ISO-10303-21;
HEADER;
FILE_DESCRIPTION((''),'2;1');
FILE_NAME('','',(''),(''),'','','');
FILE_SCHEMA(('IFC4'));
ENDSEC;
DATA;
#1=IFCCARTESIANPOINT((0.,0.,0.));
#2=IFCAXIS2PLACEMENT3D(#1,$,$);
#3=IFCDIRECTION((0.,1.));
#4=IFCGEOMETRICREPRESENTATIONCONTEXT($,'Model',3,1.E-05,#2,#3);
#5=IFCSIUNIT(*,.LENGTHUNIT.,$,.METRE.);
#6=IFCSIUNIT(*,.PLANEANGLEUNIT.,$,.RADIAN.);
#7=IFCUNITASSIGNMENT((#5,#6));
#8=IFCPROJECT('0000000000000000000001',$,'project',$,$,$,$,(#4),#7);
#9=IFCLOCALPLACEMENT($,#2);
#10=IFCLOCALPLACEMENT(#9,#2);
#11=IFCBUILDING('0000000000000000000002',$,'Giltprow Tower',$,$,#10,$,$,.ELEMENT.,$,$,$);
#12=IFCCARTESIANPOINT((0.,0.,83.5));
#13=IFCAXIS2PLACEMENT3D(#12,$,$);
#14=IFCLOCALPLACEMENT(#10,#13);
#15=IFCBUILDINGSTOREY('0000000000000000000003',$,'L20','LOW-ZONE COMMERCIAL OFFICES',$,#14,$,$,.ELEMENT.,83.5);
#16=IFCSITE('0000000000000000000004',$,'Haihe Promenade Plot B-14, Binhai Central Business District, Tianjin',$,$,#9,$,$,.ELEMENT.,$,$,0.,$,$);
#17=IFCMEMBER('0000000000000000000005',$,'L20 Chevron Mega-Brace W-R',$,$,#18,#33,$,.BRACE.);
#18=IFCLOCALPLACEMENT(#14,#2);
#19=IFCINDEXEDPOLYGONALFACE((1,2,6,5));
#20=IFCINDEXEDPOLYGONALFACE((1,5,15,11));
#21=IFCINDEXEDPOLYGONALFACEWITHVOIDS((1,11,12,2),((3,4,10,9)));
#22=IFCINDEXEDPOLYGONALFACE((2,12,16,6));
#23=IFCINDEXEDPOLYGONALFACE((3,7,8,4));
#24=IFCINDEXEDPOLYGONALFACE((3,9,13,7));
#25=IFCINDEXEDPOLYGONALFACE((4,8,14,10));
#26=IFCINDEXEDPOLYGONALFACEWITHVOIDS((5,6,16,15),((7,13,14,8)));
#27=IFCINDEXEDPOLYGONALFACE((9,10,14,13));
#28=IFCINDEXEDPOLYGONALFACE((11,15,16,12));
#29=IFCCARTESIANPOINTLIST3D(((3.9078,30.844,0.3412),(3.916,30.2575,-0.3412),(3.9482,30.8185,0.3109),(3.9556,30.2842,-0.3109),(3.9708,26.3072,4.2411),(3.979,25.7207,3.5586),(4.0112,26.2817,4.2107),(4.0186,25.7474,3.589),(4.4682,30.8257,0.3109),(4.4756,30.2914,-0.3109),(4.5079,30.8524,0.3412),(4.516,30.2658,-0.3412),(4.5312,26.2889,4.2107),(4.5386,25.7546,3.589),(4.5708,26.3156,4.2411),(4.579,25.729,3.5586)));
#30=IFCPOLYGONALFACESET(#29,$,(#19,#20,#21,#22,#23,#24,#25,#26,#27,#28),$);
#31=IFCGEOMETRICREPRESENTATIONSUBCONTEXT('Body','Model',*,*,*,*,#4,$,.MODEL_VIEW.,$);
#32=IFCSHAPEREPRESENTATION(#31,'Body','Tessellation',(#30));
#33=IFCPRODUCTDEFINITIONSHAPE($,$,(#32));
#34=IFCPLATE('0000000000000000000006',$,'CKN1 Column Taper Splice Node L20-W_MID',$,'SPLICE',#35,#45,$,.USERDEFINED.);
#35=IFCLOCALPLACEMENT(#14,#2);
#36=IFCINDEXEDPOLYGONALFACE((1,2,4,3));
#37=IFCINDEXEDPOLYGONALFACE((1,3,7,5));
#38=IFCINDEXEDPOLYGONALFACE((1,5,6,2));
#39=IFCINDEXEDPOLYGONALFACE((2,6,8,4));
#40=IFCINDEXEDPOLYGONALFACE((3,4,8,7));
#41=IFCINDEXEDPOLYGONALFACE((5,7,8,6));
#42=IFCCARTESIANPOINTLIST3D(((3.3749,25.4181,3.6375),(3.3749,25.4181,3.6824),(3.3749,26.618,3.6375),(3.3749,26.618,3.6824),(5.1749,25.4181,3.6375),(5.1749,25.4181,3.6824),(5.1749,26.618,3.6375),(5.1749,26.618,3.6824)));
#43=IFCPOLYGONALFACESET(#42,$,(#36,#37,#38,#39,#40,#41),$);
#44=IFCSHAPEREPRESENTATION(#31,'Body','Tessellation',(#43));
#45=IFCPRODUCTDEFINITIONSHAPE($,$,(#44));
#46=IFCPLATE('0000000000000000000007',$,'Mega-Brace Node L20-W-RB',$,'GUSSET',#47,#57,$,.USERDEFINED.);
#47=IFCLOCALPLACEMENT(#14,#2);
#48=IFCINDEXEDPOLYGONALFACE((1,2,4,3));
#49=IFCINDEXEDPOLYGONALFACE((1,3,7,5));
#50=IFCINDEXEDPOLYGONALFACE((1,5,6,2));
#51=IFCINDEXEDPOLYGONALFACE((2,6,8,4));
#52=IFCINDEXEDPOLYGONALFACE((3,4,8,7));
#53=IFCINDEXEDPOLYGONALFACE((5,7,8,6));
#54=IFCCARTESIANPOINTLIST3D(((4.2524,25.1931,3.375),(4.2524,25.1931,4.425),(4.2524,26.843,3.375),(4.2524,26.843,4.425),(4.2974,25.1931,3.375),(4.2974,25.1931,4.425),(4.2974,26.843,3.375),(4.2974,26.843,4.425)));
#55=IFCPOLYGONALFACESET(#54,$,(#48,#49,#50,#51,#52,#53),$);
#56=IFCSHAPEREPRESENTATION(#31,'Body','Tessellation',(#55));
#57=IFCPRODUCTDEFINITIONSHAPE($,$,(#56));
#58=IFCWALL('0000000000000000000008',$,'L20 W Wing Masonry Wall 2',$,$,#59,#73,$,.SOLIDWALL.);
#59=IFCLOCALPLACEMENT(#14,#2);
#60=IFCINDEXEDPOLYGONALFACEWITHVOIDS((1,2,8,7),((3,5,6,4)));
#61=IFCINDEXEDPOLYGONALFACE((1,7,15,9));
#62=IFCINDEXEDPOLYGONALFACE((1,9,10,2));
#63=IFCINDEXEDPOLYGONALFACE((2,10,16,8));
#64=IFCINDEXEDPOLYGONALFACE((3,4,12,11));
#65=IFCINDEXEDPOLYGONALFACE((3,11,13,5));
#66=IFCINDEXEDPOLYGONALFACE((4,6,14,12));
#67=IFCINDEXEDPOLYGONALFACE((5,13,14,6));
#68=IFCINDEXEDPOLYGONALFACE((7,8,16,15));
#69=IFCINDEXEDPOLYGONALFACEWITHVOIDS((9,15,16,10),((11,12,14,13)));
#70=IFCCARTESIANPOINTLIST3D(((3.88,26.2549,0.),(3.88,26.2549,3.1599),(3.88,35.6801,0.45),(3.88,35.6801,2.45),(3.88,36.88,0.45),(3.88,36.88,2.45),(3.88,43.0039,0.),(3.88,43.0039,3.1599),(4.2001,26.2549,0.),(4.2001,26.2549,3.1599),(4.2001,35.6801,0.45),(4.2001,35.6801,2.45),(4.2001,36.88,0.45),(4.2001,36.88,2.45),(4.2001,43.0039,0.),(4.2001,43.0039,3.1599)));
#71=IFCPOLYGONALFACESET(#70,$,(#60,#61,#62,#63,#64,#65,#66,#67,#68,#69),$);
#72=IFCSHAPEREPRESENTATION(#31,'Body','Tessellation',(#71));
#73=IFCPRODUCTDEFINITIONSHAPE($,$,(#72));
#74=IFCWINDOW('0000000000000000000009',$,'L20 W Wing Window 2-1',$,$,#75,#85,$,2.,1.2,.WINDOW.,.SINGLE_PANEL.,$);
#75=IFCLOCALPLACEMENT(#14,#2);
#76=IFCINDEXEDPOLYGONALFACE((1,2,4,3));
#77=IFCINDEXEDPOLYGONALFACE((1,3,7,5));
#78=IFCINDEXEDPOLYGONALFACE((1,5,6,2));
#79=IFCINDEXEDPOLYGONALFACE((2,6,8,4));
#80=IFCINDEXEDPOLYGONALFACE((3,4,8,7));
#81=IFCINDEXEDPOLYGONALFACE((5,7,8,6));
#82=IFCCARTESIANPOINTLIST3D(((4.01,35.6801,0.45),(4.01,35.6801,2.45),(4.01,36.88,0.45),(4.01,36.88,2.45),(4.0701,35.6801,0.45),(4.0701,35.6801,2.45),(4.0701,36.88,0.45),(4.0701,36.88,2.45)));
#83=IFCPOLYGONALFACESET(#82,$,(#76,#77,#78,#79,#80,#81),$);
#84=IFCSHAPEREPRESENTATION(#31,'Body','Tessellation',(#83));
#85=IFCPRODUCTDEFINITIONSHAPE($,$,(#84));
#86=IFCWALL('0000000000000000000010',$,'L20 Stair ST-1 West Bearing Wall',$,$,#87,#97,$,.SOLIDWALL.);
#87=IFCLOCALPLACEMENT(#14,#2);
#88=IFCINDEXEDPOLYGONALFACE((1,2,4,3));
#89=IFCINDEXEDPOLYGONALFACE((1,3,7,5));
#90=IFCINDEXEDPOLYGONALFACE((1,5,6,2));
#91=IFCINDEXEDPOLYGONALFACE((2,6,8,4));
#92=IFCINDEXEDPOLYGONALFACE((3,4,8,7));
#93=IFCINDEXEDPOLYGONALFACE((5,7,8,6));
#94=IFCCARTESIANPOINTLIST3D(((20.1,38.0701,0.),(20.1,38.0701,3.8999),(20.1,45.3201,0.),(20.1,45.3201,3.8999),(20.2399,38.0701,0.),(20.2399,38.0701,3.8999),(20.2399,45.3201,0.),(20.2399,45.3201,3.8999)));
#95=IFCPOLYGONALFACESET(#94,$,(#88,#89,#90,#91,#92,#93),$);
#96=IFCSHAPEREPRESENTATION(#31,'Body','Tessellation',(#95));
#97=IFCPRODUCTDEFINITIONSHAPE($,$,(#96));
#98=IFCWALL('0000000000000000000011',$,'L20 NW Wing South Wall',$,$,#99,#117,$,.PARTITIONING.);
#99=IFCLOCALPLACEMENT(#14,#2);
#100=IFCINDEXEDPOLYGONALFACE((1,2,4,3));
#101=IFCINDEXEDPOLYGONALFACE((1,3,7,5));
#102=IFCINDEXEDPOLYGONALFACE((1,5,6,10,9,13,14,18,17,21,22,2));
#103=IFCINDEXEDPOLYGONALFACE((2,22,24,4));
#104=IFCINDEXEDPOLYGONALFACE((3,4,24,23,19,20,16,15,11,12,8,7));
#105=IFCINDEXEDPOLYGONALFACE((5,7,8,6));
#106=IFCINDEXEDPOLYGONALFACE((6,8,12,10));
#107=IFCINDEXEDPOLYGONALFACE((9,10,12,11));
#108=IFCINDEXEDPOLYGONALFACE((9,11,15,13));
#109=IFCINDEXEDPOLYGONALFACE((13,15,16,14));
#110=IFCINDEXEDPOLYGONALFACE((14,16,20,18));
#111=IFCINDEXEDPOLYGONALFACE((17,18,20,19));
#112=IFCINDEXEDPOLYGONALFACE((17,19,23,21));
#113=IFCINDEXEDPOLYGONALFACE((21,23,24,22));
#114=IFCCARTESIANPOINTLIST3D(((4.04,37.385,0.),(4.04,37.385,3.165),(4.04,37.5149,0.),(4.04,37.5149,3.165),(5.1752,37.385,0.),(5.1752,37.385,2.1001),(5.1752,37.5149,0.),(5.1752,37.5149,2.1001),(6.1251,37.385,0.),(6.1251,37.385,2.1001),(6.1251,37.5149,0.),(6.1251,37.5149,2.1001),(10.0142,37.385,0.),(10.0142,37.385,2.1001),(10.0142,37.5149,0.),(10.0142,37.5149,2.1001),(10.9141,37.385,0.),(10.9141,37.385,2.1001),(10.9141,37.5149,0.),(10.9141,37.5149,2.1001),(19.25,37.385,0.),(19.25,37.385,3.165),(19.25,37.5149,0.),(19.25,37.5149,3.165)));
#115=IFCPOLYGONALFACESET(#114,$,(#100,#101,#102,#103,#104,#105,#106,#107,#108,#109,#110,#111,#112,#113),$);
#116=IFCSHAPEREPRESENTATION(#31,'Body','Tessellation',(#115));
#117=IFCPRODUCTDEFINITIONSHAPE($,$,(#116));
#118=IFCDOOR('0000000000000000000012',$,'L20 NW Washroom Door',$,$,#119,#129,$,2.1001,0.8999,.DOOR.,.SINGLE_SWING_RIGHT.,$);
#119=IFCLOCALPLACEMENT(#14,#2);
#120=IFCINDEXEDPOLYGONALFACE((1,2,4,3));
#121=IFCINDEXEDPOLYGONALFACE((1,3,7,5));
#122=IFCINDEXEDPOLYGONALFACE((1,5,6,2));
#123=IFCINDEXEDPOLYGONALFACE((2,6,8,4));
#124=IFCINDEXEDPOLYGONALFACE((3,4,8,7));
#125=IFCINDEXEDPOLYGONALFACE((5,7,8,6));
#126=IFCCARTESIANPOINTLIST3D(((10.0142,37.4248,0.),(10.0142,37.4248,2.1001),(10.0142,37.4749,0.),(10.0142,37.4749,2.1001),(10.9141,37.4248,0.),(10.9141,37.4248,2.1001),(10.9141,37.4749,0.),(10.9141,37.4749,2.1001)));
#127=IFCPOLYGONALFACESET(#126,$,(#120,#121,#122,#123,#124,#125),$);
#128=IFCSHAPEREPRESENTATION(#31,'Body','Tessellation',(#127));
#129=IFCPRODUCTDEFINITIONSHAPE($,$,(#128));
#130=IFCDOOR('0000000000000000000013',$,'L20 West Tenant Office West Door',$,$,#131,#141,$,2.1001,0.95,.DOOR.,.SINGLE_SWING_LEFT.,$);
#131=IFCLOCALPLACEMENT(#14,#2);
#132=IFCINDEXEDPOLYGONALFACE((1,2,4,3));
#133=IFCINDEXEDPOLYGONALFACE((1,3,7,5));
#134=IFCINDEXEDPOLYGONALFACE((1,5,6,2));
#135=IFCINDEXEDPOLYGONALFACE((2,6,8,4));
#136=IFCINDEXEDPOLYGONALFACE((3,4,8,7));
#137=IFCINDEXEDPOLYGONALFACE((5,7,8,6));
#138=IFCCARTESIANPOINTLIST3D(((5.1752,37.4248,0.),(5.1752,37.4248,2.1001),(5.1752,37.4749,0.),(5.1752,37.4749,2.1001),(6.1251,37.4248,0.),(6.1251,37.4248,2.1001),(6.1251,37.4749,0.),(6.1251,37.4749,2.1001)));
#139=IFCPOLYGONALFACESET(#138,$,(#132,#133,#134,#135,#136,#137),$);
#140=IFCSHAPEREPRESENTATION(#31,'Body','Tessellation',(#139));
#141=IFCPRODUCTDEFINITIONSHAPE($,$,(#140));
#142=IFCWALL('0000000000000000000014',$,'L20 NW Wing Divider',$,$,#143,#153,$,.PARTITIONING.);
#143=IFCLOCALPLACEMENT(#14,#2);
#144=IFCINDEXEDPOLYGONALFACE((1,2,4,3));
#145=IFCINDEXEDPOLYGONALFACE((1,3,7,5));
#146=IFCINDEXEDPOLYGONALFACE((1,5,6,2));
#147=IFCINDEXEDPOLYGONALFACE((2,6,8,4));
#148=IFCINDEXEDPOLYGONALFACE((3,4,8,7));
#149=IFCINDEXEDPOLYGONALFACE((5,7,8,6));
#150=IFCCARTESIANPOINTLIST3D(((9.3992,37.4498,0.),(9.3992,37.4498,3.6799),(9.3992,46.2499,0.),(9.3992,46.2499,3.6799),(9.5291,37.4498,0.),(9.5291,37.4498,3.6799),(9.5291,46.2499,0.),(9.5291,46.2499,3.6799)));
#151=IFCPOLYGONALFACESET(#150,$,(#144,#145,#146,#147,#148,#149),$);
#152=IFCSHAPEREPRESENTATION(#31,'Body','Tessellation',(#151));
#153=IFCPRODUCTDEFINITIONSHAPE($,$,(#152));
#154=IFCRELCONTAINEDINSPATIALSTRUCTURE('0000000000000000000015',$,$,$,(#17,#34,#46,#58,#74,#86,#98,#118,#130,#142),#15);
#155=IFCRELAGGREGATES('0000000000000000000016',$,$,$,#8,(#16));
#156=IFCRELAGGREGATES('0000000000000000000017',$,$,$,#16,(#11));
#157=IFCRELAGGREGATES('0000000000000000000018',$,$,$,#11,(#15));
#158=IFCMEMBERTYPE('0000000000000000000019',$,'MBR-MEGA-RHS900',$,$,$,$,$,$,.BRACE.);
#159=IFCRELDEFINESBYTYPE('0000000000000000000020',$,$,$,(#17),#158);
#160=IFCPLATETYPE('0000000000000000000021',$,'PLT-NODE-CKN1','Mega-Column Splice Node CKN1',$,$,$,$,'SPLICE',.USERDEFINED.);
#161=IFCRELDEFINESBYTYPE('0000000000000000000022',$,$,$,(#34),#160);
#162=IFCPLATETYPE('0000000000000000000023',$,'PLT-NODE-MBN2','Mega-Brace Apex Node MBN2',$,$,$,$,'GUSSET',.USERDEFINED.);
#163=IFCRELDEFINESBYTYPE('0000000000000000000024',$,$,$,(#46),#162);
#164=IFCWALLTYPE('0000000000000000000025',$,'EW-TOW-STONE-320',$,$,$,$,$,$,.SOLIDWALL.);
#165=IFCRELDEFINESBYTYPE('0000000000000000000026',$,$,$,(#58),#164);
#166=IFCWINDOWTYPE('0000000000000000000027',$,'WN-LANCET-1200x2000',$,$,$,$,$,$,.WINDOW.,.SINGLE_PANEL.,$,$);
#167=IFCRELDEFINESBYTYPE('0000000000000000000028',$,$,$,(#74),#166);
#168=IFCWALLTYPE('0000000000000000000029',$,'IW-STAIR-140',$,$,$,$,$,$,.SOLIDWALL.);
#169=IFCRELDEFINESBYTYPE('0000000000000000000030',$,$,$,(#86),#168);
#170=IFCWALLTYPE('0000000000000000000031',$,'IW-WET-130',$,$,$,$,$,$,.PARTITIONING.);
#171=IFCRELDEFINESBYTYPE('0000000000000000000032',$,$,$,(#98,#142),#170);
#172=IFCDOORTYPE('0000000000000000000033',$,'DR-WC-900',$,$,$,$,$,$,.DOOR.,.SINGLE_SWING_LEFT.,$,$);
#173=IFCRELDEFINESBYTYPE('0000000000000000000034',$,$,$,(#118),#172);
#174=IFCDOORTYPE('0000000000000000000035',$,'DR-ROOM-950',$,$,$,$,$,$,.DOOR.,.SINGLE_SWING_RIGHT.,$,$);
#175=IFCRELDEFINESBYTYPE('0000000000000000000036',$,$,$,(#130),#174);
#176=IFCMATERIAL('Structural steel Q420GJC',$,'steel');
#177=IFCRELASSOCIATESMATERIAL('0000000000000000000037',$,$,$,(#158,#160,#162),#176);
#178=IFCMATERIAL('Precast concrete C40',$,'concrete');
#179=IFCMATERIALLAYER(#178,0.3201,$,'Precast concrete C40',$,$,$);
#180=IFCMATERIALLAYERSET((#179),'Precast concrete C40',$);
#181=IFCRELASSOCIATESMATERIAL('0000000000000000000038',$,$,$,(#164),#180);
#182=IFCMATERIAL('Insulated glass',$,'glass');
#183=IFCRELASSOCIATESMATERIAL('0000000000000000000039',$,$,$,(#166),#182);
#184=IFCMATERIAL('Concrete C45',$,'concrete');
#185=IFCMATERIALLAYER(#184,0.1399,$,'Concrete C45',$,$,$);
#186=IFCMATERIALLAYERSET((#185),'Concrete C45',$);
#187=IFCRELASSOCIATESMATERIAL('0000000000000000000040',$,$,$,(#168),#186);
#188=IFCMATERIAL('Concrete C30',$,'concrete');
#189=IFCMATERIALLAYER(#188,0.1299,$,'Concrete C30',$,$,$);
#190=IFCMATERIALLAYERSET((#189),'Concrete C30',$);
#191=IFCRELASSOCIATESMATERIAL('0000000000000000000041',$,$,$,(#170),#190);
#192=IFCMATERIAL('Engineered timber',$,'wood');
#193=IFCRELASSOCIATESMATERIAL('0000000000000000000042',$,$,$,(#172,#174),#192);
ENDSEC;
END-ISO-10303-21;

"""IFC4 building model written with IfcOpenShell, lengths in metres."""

from ifc_helpers import new_model, si_unit, direction, frame, frame_2d, origin, origin_2d, place, context, subcontext, project, spatial, rectangle, hollow_rectangle, extrude, source, transform, mapped, material, layer, layer_set, material_profile, profile_set, type_object, element, fill, save


model = new_model("IFC4")

# Units and contexts
model_context = context("Model", 3, precision=1e-05, world=origin(), true_north=direction((0.0, 1.0)))
body_context = subcontext(model_context, "Body", "Model", "MODEL_VIEW")
ifc_project = project(units=[si_unit("LENGTHUNIT", "METRE"), si_unit("PLANEANGLEUNIT", "RADIAN")], contexts=[model_context])

# Site, building, storey
site_placement = place(None, origin())
site = spatial("IfcSite", under=ifc_project, at=site_placement, Name="Haihe Promenade Plot B-14, Binhai Central Business District, Tianjin", CompositionType="ELEMENT", RefElevation=0.0)
building_placement = place(site_placement, origin())
building = spatial("IfcBuilding", under=site, at=building_placement, Name="Giltprow Tower", CompositionType="ELEMENT")
storey_placement = place(building_placement, frame((0.0, 0.0, 83.5)))
storey = spatial("IfcBuildingStorey", under=building, at=storey_placement, Name="L20", Description="LOW-ZONE COMMERCIAL OFFICES", CompositionType="ELEMENT", Elevation=83.5)

# Shared definitions
ifc_material_1 = material(Name="Structural steel Q420GJC", Category="steel")

# Member
ifc_material_profile_1 = material_profile(ifc_material_1, hollow_rectangle(XDim=0.6001, YDim=0.8999, WallThickness=0.04, at=origin_2d()), Name="RHS 900x600x40")
ifc_profile_set_1 = profile_set([ifc_material_profile_1], Name="Structural steel Q420GJC")
member_type = type_object("IfcMemberType", Name="MBR-MEGA-RHS900", PredefinedType="BRACE", material=ifc_profile_set_1)
shared_shape_1 = source(origin(), body_context, "Body", "SweptSolid", [
    extrude(hollow_rectangle(XDim=0.6001, YDim=0.8999, WallThickness=0.04, at=origin_2d()), origin(), (0.0, 0.0, 1.0), 5.9829),
])
member_placement = place(storey_placement, frame((4.2119, 30.5549, 0.0), z_axis=(0.010528, -0.758292, 0.65183), x_axis=(0.999904, 0.013882, 0.0)))
element("IfcMember", 1, at=member_placement, inside=storey, type_object=member_type, Name="L20 Chevron Mega-Brace W-R", PredefinedType="BRACE", context=body_context, shape_type="MappedRepresentation", body=[
    mapped(shared_shape_1, transform((0.0, 0.0, 0.0), x_axis=(1.0, 0.0, 0.0), y_axis=(0.0, 1.0, 0.0), z_axis=(0.0, 0.0, 1.0), scale=1.0)),
])

# Plates
plate_type_1 = type_object("IfcPlateType", Name="PLT-NODE-CKN1", Description="Mega-Column Splice Node CKN1", ElementType="SPLICE", PredefinedType="USERDEFINED", material=ifc_material_1)
shared_shape_2 = source(origin(), body_context, "Body", "SweptSolid", [
    extrude(rectangle(XDim=1.8, YDim=1.2, at=origin_2d()), origin(), (0.0, 0.0, 1.0), 0.0449),
])
plate_1_placement = place(storey_placement, frame((4.2749, 26.0181, 3.6375), z_axis=(0.0, 0.0, 1.0), x_axis=(1.0, 0.0, 0.0)))
element("IfcPlate", 2, at=plate_1_placement, inside=storey, type_object=plate_type_1, Name="CKN1 Column Taper Splice Node L20-W_MID", ObjectType="SPLICE", PredefinedType="USERDEFINED", context=body_context, shape_type="MappedRepresentation", body=[
    mapped(shared_shape_2, transform((0.0, 0.0, 0.0), x_axis=(1.0, 0.0, 0.0), y_axis=(0.0, 1.0, 0.0), z_axis=(0.0, 0.0, 1.0), scale=1.0)),
])
plate_type_2 = type_object("IfcPlateType", Name="PLT-NODE-MBN2", Description="Mega-Brace Apex Node MBN2", ElementType="GUSSET", PredefinedType="USERDEFINED", material=ifc_material_1)
shared_shape_3 = source(origin(), body_context, "Body", "SweptSolid", [
    extrude(rectangle(XDim=1.6499, YDim=0.0449, at=origin_2d()), origin(), (0.0, 0.0, 1.0), 1.05),
])
plate_2_placement = place(storey_placement, frame((4.2749, 26.0181, 3.375), z_axis=(0.0, 0.0, 1.0), x_axis=(0.0, 1.0, 0.0)))
element("IfcPlate", 3, at=plate_2_placement, inside=storey, type_object=plate_type_2, Name="Mega-Brace Node L20-W-RB", ObjectType="GUSSET", PredefinedType="USERDEFINED", context=body_context, shape_type="MappedRepresentation", body=[
    mapped(shared_shape_3, transform((0.0, 0.0, 0.0), x_axis=(1.0, 0.0, 0.0), y_axis=(0.0, 1.0, 0.0), z_axis=(0.0, 0.0, 1.0), scale=1.0)),
])

# Wall, opening, window
ifc_material_2 = material(Name="Precast concrete C40", Category="concrete")
ifc_layer_1 = layer(ifc_material_2, 0.3201, Name="Precast concrete C40")
ifc_layer_set_1 = layer_set([ifc_layer_1], Name="Precast concrete C40")
wall_type_1 = type_object("IfcWallType", Name="EW-TOW-STONE-320", PredefinedType="SOLIDWALL", material=ifc_layer_set_1)
wall_1_placement = place(storey_placement, frame((4.04, 26.2549, 0.0), z_axis=(0.0, 0.0, 1.0), x_axis=(0.0, 1.0, 0.0)))
wall_1 = element("IfcWall", 4, at=wall_1_placement, inside=storey, type_object=wall_type_1, Name="L20 W Wing Masonry Wall 2", PredefinedType="SOLIDWALL", context=body_context, shape_type="SweptSolid", body=[
    extrude(rectangle(XDim=16.749, YDim=0.3201, at=frame_2d((8.3745, 0.0))), origin(), (0.0, 0.0, 1.0), 3.1599),
])
opening_1_placement = place(wall_1_placement, frame((9.425, 0.0, 0.45)))
opening_1 = element("IfcOpeningElement", 5, at=opening_1_placement, cuts=wall_1, PredefinedType="OPENING", context=body_context, shape_type="SweptSolid", body=[
    extrude(rectangle(XDim=1.2, YDim=2.0, at=frame_2d((0.6001, 1.0))), frame((0.0, 0.1699, 0.0), z_axis=(0.0, -1.0, 0.0), x_axis=(1.0, 0.0, 0.0)), (0.0, 0.0, 1.0), 0.3401),
])
ifc_material_3 = material(Name="Insulated glass", Category="glass")
window_type = type_object("IfcWindowType", Name="WN-LANCET-1200x2000", PartitioningType="SINGLE_PANEL", PredefinedType="WINDOW", material=ifc_material_3)
shared_shape_4 = source(origin(), body_context, "Body", "SweptSolid", [
    extrude(rectangle(XDim=1.2, YDim=2.0, at=frame_2d((0.6001, 1.0))), frame((0.0, 0.03, 0.0), z_axis=(0.0, -1.0, 0.0), x_axis=(1.0, 0.0, 0.0)), (0.0, 0.0, 1.0), 0.0601),
])
window_placement = place(opening_1_placement, origin())
window = element("IfcWindow", 6, at=window_placement, inside=storey, type_object=window_type, Name="L20 W Wing Window 2-1", OverallHeight=2.0, OverallWidth=1.2, PartitioningType="SINGLE_PANEL", PredefinedType="WINDOW", context=body_context, shape_type="MappedRepresentation", body=[
    mapped(shared_shape_4, transform((0.0, 0.0, 0.0), x_axis=(1.0, 0.0, 0.0), y_axis=(0.0, 1.0, 0.0), z_axis=(0.0, 0.0, 1.0), scale=1.0)),
])
fill(opening_1, window)

# Shared definitions
ifc_material_4 = material(Name="Engineered timber", Category="wood")

# Wall
ifc_material_5 = material(Name="Concrete C45", Category="concrete")
ifc_layer_2 = layer(ifc_material_5, 0.1399, Name="Concrete C45")
ifc_layer_set_2 = layer_set([ifc_layer_2], Name="Concrete C45")
wall_type_2 = type_object("IfcWallType", Name="IW-STAIR-140", PredefinedType="SOLIDWALL", material=ifc_layer_set_2)
wall_2_placement = place(storey_placement, frame((20.1699, 38.0701, 0.0), z_axis=(0.0, 0.0, 1.0), x_axis=(0.0, 1.0, 0.0)))
element("IfcWall", 7, at=wall_2_placement, inside=storey, type_object=wall_type_2, Name="L20 Stair ST-1 West Bearing Wall", PredefinedType="SOLIDWALL", context=body_context, shape_type="SweptSolid", body=[
    extrude(rectangle(XDim=7.25, YDim=0.1399, at=frame_2d((3.625, 0.0))), origin(), (0.0, 0.0, 1.0), 3.8999),
])

# Wall, openings, doors
ifc_material_6 = material(Name="Concrete C30", Category="concrete")
ifc_layer_3 = layer(ifc_material_6, 0.1299, Name="Concrete C30")
ifc_layer_set_3 = layer_set([ifc_layer_3], Name="Concrete C30")
wall_type_3 = type_object("IfcWallType", Name="IW-WET-130", PredefinedType="PARTITIONING", material=ifc_layer_set_3)
wall_3_placement = place(storey_placement, frame((4.04, 37.45, 0.0), z_axis=(0.0, 0.0, 1.0), x_axis=(1.0, 0.0, 0.0)))
wall_3 = element("IfcWall", 8, at=wall_3_placement, inside=storey, type_object=wall_type_3, Name="L20 NW Wing South Wall", PredefinedType="PARTITIONING", context=body_context, shape_type="SweptSolid", body=[
    extrude(rectangle(XDim=15.21, YDim=0.1299, at=frame_2d((7.605, 0.0))), origin(), (0.0, 0.0, 1.0), 3.165),
])
opening_2_placement = place(wall_3_placement, frame((1.135, 0.0, 0.0)))
opening_2 = element("IfcOpeningElement", 9, at=opening_2_placement, cuts=wall_3, PredefinedType="OPENING", context=body_context, shape_type="SweptSolid", body=[
    extrude(rectangle(XDim=0.95, YDim=2.1001, at=frame_2d((0.4751, 1.05))), frame((0.0, 0.075, 0.0), z_axis=(0.0, -1.0, 0.0), x_axis=(1.0, 0.0, 0.0)), (0.0, 0.0, 1.0), 0.1499),
])
opening_3_placement = place(wall_3_placement, frame((5.9741, 0.0, 0.0)))
opening_3 = element("IfcOpeningElement", 10, at=opening_3_placement, cuts=wall_3, PredefinedType="OPENING", context=body_context, shape_type="SweptSolid", body=[
    extrude(rectangle(XDim=0.8999, YDim=2.1001, at=frame_2d((0.45, 1.05))), frame((0.0, 0.075, 0.0), z_axis=(0.0, -1.0, 0.0), x_axis=(1.0, 0.0, 0.0)), (0.0, 0.0, 1.0), 0.1499),
])
door_type_1 = type_object("IfcDoorType", Name="DR-WC-900", OperationType="SINGLE_SWING_LEFT", PredefinedType="DOOR", material=ifc_material_4)
shared_shape_5 = source(origin(), body_context, "Body", "SweptSolid", [
    extrude(rectangle(XDim=0.8999, YDim=2.1001, at=frame_2d((0.45, 1.05))), frame((0.0, 0.0249, 0.0), z_axis=(0.0, -1.0, 0.0), x_axis=(1.0, 0.0, 0.0)), (0.0, 0.0, 1.0), 0.05),
])
door_1_placement = place(opening_3_placement, origin())
door_1 = element("IfcDoor", 11, at=door_1_placement, inside=storey, type_object=door_type_1, Name="L20 NW Washroom Door", OperationType="SINGLE_SWING_RIGHT", OverallHeight=2.1001, OverallWidth=0.8999, PredefinedType="DOOR", context=body_context, shape_type="MappedRepresentation", body=[
    mapped(shared_shape_5, transform((0.0, 0.0, 0.0), x_axis=(1.0, 0.0, 0.0), y_axis=(0.0, 1.0, 0.0), z_axis=(0.0, 0.0, 1.0), scale=1.0)),
])
fill(opening_3, door_1)
door_type_2 = type_object("IfcDoorType", Name="DR-ROOM-950", OperationType="SINGLE_SWING_RIGHT", PredefinedType="DOOR", material=ifc_material_4)
shared_shape_6 = source(origin(), body_context, "Body", "SweptSolid", [
    extrude(rectangle(XDim=0.95, YDim=2.1001, at=frame_2d((0.4751, 1.05))), frame((0.0, 0.0249, 0.0), z_axis=(0.0, -1.0, 0.0), x_axis=(1.0, 0.0, 0.0)), (0.0, 0.0, 1.0), 0.05),
])
door_2_placement = place(opening_2_placement, origin())
door_2 = element("IfcDoor", 12, at=door_2_placement, inside=storey, type_object=door_type_2, Name="L20 West Tenant Office West Door", OperationType="SINGLE_SWING_LEFT", OverallHeight=2.1001, OverallWidth=0.95, PredefinedType="DOOR", context=body_context, shape_type="MappedRepresentation", body=[
    mapped(shared_shape_6, transform((0.0, 0.0, 0.0), x_axis=(1.0, 0.0, 0.0), y_axis=(0.0, 1.0, 0.0), z_axis=(0.0, 0.0, 1.0), scale=1.0)),
])
fill(opening_2, door_2)

# Wall
wall_4_placement = place(storey_placement, frame((9.4641, 37.45, 0.0), z_axis=(0.0, 0.0, 1.0), x_axis=(0.0, 1.0, 0.0)))
element("IfcWall", 13, at=wall_4_placement, inside=storey, type_object=wall_type_3, Name="L20 NW Wing Divider", PredefinedType="PARTITIONING", context=body_context, shape_type="SweptSolid", body=[
    extrude(rectangle(XDim=8.8, YDim=0.1299, at=frame_2d((4.3999, 0.0))), origin(), (0.0, 0.0, 1.0), 3.6799),
])

save(model, "model.ifc")
